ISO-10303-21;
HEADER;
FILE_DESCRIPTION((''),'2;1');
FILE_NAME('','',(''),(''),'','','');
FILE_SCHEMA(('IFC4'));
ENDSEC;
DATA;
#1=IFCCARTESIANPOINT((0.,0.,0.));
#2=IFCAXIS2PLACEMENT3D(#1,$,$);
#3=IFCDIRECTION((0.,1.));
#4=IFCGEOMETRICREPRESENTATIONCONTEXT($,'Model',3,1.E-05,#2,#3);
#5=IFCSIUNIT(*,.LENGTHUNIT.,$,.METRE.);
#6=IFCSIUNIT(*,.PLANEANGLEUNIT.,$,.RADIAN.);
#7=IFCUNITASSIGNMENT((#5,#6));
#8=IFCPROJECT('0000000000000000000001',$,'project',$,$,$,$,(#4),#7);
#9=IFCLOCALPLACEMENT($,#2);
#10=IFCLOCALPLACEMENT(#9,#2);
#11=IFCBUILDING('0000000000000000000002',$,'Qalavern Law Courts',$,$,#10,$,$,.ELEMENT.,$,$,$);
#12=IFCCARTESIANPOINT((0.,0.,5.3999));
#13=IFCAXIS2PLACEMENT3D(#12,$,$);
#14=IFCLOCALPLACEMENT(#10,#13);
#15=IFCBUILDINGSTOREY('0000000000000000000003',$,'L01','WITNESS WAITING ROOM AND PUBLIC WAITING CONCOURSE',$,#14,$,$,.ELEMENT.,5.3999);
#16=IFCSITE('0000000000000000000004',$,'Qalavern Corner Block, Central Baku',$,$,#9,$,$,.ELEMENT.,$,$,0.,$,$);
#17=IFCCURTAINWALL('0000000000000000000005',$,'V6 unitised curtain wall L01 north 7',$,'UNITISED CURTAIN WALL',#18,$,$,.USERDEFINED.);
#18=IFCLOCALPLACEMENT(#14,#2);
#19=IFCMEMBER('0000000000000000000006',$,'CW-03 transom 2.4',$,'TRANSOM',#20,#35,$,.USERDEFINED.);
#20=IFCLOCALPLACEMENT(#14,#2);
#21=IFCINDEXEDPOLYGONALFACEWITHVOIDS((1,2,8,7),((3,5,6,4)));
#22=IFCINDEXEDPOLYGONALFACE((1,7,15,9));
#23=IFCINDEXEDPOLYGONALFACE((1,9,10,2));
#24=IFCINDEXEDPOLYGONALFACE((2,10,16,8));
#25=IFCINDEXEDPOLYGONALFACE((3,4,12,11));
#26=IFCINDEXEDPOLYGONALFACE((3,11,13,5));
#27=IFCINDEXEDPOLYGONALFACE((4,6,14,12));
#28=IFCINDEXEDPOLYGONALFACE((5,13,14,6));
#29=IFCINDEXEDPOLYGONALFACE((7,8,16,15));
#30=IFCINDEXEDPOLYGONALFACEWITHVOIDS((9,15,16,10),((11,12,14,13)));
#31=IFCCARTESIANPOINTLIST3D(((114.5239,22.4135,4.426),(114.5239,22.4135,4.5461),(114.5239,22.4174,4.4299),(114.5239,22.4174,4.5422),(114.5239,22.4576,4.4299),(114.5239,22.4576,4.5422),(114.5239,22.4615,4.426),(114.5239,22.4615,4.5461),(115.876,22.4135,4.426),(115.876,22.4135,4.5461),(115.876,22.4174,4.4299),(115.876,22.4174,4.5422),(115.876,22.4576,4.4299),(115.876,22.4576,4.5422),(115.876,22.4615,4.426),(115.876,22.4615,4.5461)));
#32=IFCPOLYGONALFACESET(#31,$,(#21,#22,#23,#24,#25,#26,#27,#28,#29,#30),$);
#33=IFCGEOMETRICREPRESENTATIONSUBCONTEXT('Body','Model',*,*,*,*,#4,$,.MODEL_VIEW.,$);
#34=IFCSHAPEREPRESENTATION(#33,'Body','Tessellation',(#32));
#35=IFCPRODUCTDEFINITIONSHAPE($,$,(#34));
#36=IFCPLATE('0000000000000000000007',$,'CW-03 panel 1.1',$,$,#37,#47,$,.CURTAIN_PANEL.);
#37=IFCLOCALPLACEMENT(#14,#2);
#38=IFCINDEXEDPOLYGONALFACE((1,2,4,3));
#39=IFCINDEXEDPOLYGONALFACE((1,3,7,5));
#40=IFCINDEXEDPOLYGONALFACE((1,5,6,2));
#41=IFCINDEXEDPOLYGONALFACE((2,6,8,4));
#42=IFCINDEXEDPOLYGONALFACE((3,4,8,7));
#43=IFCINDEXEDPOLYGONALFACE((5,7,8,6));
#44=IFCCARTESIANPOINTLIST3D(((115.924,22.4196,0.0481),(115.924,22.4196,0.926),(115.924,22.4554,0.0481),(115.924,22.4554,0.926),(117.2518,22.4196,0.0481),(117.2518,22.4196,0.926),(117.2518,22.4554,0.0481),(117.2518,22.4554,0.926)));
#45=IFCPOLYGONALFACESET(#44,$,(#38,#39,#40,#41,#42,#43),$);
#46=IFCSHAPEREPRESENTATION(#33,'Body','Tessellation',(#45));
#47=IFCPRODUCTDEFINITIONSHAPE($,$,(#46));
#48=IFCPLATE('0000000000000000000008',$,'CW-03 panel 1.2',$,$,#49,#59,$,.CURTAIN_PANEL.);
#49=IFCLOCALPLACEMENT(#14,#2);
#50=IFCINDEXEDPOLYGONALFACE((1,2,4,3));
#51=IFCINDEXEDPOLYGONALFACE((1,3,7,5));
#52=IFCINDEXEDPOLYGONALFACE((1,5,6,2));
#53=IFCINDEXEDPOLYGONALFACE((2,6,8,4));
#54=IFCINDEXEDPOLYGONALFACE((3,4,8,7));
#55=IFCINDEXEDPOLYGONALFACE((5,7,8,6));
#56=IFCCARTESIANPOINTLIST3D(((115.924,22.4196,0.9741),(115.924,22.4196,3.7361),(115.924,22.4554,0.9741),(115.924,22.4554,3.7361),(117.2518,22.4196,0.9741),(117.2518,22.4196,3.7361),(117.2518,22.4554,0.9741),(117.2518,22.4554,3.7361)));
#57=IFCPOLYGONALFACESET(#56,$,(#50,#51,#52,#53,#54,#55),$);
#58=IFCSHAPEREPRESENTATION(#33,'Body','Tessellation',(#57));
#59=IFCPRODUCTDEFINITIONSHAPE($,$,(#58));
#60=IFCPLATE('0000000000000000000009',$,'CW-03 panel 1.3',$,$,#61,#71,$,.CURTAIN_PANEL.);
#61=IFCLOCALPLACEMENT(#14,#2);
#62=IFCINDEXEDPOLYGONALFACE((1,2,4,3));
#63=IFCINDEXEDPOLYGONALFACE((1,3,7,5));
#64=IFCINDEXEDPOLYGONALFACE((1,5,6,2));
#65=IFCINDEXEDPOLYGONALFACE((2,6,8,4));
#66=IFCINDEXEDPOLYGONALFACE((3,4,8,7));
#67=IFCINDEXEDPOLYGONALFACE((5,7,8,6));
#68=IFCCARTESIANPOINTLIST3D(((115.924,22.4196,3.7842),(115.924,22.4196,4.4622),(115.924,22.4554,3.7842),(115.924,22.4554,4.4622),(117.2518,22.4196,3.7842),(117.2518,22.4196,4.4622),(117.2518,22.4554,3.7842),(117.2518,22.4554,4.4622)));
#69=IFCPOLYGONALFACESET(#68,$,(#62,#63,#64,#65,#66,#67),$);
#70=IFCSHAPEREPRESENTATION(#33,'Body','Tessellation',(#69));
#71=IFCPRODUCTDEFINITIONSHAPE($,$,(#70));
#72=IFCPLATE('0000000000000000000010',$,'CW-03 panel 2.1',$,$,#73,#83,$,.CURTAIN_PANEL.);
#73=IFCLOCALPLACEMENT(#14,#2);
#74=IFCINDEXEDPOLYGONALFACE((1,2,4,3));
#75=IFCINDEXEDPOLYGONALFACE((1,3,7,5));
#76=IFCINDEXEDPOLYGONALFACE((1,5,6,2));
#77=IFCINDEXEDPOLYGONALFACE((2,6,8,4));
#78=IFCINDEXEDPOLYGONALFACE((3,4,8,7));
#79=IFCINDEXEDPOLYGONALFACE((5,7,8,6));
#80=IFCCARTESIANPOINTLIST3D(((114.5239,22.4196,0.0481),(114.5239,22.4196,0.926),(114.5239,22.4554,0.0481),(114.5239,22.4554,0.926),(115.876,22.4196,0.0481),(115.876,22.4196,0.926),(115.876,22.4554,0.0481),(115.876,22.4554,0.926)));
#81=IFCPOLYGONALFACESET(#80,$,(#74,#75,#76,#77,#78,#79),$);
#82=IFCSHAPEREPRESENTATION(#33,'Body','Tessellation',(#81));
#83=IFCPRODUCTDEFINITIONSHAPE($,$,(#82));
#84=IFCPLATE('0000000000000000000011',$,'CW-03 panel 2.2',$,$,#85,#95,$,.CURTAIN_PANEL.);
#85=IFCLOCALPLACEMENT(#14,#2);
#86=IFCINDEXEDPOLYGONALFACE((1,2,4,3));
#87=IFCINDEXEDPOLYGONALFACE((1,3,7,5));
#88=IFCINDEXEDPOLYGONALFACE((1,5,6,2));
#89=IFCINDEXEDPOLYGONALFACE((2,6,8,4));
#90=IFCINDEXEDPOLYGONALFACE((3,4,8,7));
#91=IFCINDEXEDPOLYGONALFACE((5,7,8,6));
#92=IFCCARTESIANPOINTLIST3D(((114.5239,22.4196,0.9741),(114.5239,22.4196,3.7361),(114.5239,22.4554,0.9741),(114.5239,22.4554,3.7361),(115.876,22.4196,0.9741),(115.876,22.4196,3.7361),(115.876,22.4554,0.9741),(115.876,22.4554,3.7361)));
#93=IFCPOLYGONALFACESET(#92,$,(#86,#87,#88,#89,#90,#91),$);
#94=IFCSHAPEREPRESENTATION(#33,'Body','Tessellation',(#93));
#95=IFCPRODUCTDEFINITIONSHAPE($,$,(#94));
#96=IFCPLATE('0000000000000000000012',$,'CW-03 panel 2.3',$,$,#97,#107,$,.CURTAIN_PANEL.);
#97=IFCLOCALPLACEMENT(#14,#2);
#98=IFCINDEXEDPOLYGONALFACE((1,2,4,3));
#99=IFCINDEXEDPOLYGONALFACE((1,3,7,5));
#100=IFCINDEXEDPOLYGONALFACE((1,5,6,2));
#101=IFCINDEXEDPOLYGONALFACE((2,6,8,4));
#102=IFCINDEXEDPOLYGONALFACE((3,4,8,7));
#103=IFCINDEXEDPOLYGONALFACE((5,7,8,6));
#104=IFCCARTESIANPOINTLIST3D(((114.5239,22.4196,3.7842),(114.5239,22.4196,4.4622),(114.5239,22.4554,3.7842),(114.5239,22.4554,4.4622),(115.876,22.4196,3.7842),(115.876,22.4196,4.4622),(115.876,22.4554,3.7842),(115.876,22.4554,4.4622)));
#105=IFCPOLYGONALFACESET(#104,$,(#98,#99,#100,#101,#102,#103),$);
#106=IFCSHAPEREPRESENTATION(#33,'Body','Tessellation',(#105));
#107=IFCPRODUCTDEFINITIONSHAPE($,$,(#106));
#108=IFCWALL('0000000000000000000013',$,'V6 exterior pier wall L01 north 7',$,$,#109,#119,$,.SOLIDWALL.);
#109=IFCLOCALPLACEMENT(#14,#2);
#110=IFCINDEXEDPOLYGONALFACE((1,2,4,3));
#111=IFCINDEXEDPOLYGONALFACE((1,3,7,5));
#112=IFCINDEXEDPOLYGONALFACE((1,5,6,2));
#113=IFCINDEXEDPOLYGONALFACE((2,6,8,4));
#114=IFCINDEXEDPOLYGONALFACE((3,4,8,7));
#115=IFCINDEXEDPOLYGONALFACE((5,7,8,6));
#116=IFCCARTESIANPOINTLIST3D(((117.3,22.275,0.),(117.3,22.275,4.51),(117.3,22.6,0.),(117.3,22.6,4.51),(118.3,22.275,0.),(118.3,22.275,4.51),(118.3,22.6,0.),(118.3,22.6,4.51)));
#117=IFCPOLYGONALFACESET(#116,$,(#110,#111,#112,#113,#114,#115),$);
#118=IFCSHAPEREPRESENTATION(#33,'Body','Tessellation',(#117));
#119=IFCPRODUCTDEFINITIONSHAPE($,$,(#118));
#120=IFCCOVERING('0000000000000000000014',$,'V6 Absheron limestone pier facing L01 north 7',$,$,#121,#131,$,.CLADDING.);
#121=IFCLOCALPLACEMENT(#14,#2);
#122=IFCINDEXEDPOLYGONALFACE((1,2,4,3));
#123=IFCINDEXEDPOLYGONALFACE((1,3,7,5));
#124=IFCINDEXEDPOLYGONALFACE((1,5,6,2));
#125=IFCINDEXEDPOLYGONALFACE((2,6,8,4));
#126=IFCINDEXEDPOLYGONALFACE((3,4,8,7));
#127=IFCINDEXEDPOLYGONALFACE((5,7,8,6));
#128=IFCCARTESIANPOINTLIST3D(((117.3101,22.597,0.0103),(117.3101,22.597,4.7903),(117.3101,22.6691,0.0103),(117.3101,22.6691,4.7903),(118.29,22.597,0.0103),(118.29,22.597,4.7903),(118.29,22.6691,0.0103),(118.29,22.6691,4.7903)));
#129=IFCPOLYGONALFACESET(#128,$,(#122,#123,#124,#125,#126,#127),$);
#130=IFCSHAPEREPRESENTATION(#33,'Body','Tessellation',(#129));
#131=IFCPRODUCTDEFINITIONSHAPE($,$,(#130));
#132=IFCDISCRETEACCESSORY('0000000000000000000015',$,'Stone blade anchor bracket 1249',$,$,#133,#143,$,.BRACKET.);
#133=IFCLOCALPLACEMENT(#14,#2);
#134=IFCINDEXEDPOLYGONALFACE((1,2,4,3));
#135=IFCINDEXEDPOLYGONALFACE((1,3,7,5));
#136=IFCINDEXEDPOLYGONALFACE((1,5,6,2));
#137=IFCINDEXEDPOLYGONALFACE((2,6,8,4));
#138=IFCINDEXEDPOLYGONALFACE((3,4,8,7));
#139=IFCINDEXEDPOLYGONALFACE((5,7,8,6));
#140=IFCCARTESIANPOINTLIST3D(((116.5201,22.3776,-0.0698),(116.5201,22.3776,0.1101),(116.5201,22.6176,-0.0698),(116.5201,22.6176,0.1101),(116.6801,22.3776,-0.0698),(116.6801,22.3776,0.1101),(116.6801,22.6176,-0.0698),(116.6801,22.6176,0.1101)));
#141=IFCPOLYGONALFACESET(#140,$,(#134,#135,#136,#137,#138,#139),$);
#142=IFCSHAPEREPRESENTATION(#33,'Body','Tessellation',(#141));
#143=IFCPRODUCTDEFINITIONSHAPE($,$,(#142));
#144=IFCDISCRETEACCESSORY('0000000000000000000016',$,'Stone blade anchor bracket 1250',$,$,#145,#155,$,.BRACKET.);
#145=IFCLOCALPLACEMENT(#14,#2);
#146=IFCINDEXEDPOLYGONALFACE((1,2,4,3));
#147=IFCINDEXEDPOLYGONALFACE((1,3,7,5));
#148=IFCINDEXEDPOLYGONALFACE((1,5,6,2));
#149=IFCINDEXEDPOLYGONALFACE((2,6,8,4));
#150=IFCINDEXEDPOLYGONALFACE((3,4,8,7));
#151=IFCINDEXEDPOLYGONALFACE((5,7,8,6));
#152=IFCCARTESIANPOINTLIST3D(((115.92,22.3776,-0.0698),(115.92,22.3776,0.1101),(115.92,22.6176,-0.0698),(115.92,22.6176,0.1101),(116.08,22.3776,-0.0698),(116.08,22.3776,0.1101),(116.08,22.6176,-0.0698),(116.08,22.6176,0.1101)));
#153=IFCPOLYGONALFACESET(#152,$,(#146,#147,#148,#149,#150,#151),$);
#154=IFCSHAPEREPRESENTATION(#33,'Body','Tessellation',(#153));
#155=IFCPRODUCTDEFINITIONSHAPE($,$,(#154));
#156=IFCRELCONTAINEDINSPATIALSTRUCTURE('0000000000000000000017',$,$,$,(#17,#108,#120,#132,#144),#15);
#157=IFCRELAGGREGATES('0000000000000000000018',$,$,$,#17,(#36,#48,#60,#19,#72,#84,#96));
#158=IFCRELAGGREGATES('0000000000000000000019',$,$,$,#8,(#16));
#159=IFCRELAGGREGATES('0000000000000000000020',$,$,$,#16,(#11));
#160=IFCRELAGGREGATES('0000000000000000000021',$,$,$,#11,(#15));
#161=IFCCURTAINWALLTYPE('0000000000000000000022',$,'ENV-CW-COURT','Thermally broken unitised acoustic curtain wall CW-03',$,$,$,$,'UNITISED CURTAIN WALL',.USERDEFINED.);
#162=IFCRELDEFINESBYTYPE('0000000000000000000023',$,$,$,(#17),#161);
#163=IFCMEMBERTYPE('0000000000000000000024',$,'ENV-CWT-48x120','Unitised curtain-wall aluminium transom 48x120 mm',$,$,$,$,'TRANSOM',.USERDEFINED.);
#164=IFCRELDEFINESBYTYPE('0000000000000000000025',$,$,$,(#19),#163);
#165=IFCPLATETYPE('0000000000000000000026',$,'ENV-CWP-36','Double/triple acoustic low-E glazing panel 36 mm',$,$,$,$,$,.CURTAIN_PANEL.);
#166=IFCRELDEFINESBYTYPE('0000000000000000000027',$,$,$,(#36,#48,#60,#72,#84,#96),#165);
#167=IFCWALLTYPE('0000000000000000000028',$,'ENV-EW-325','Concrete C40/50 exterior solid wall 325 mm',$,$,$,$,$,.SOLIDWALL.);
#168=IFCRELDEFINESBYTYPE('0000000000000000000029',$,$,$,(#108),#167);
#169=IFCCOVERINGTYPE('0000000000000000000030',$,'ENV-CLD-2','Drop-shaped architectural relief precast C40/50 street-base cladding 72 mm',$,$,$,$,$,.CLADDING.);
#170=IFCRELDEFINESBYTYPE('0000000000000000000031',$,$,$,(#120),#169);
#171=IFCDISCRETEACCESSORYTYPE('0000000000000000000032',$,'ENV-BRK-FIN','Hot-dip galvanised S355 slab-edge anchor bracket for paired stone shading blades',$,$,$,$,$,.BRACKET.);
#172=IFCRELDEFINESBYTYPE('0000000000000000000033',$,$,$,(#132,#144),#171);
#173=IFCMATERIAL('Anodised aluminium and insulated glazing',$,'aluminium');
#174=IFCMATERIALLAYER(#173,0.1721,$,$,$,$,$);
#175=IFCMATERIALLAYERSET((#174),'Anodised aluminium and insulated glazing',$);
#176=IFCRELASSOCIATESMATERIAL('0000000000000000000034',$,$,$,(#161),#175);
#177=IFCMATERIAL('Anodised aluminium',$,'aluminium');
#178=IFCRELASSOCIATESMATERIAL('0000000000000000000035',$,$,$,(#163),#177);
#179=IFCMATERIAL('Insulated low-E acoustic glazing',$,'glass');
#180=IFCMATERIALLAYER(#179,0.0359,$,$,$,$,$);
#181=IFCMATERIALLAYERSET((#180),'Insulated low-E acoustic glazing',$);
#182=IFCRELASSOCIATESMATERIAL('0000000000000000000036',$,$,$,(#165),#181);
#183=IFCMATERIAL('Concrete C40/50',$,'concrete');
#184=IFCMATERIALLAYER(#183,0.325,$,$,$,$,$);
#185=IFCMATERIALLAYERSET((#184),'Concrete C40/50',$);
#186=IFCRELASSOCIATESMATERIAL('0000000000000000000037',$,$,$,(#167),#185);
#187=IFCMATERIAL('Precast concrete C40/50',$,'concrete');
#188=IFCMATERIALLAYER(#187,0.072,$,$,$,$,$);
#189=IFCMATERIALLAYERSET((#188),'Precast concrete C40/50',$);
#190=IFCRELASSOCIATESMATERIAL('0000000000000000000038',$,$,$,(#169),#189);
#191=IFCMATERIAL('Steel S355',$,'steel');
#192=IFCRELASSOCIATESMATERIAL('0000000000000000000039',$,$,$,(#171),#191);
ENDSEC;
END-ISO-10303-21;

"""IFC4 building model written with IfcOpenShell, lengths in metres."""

from ifc_helpers import new_model, si_unit, direction, frame, frame_2d, origin, origin_2d, place, context, subcontext, project, spatial, rectangle, hollow_rectangle, extrude, material, layer, layer_set, material_profile, profile_set, type_object, element, aggregate, save


model = new_model("IFC4")

# Units and contexts
model_context = context("Model", 3, precision=1e-05, world=origin(), true_north=direction((0.0, 1.0)))
body_context = subcontext(model_context, "Body", "Model", "MODEL_VIEW")
ifc_project = project(units=[si_unit("LENGTHUNIT", "METRE"), si_unit("PLANEANGLEUNIT", "RADIAN")], contexts=[model_context])

# Site, building, storey
site_placement = place(None, origin())
site = spatial("IfcSite", under=ifc_project, at=site_placement, Name="Qalavern Corner Block, Central Baku", CompositionType="ELEMENT", RefElevation=0.0)
building_placement = place(site_placement, origin())
building = spatial("IfcBuilding", under=site, at=building_placement, Name="Qalavern Law Courts", CompositionType="ELEMENT")
storey_placement = place(building_placement, frame((0.0, 0.0, 5.3999)))
storey = spatial("IfcBuildingStorey", under=building, at=storey_placement, Name="L01", Description="WITNESS WAITING ROOM AND PUBLIC WAITING CONCOURSE", CompositionType="ELEMENT", Elevation=5.3999)

# Shared definitions
ifc_material_1 = material(Name="Anodised aluminium and insulated glazing", Category="aluminium")
ifc_layer_1 = layer(ifc_material_1, 0.1721)
ifc_layer_set_1 = layer_set([ifc_layer_1], Name="Anodised aluminium and insulated glazing")
curtain_wall_type = type_object("IfcCurtainWallType", Name="ENV-CW-COURT", Description="Thermally broken unitised acoustic curtain wall CW-03", ElementType="UNITISED CURTAIN WALL", PredefinedType="USERDEFINED", material=ifc_layer_set_1)
ifc_material_2 = material(Name="Anodised aluminium", Category="aluminium")

# Curtain wall, member, plates
curtain_wall_1_placement = place(storey_placement, origin())
curtain_wall_1 = element("IfcCurtainWall", 1, at=curtain_wall_1_placement, inside=storey, type_object=curtain_wall_type, Name="V6 unitised curtain wall L01 north 7", ObjectType="UNITISED CURTAIN WALL", PredefinedType="USERDEFINED")
ifc_material_profile_1 = material_profile(ifc_material_2, hollow_rectangle(XDim=0.0481, YDim=0.1201, WallThickness=0.0039, at=origin_2d()), Name="ALU TRANSOM 48x120")
ifc_profile_set_1 = profile_set([ifc_material_profile_1], Name="Anodised aluminium")
member_type_1 = type_object("IfcMemberType", Name="ENV-CWT-48x120", Description="Unitised curtain-wall aluminium transom 48x120 mm", ElementType="TRANSOM", PredefinedType="USERDEFINED", material=ifc_profile_set_1)
member_1_placement = place(storey_placement, frame((115.876, 22.4375, 4.4861), z_axis=(-1.0, 0.0, 0.0), x_axis=(0.0, -1.0, 0.0)))
member_1 = element("IfcMember", 2, at=member_1_placement, type_object=member_type_1, Name="CW-03 transom 2.4", ObjectType="TRANSOM", PredefinedType="USERDEFINED", context=body_context, shape_type="SweptSolid", body=[
    extrude(hollow_rectangle(XDim=0.0481, YDim=0.1201, WallThickness=0.0039, at=origin_2d()), origin(), (0.0, 0.0, 1.0), 1.3521),
])
ifc_material_3 = material(Name="Insulated low-E acoustic glazing", Category="glass")
ifc_layer_2 = layer(ifc_material_3, 0.0359)
ifc_layer_set_2 = layer_set([ifc_layer_2], Name="Insulated low-E acoustic glazing")
plate_type = type_object("IfcPlateType", Name="ENV-CWP-36", Description="Double/triple acoustic low-E glazing panel 36 mm", PredefinedType="CURTAIN_PANEL", material=ifc_layer_set_2)
plate_1_placement = place(storey_placement, frame((116.5879, 22.4375, 0.0481), z_axis=(0.0, 0.0, 1.0), x_axis=(-1.0, 0.0, 0.0)))
plate_1 = element("IfcPlate", 3, at=plate_1_placement, type_object=plate_type, Name="CW-03 panel 1.1", PredefinedType="CURTAIN_PANEL", context=body_context, shape_type="SweptSolid", body=[
    extrude(rectangle(XDim=1.3279, YDim=0.0359, at=origin_2d()), origin(), (0.0, 0.0, 1.0), 0.8779),
])
plate_2_placement = place(storey_placement, frame((116.5879, 22.4375, 0.9741), z_axis=(0.0, 0.0, 1.0), x_axis=(-1.0, 0.0, 0.0)))
plate_2 = element("IfcPlate", 4, at=plate_2_placement, type_object=plate_type, Name="CW-03 panel 1.2", PredefinedType="CURTAIN_PANEL", context=body_context, shape_type="SweptSolid", body=[
    extrude(rectangle(XDim=1.3279, YDim=0.0359, at=origin_2d()), origin(), (0.0, 0.0, 1.0), 2.762),
])
plate_3_placement = place(storey_placement, frame((116.5879, 22.4375, 3.7842), z_axis=(0.0, 0.0, 1.0), x_axis=(-1.0, 0.0, 0.0)))
plate_3 = element("IfcPlate", 5, at=plate_3_placement, type_object=plate_type, Name="CW-03 panel 1.3", PredefinedType="CURTAIN_PANEL", context=body_context, shape_type="SweptSolid", body=[
    extrude(rectangle(XDim=1.3279, YDim=0.0359, at=origin_2d()), origin(), (0.0, 0.0, 1.0), 0.678),
])
plate_4_placement = place(storey_placement, frame((115.2, 22.4375, 0.0481), z_axis=(0.0, 0.0, 1.0), x_axis=(-1.0, 0.0, 0.0)))
plate_4 = element("IfcPlate", 6, at=plate_4_placement, type_object=plate_type, Name="CW-03 panel 2.1", PredefinedType="CURTAIN_PANEL", context=body_context, shape_type="SweptSolid", body=[
    extrude(rectangle(XDim=1.3521, YDim=0.0359, at=origin_2d()), origin(), (0.0, 0.0, 1.0), 0.8779),
])
plate_5_placement = place(storey_placement, frame((115.2, 22.4375, 0.9741), z_axis=(0.0, 0.0, 1.0), x_axis=(-1.0, 0.0, 0.0)))
plate_5 = element("IfcPlate", 7, at=plate_5_placement, type_object=plate_type, Name="CW-03 panel 2.2", PredefinedType="CURTAIN_PANEL", context=body_context, shape_type="SweptSolid", body=[
    extrude(rectangle(XDim=1.3521, YDim=0.0359, at=origin_2d()), origin(), (0.0, 0.0, 1.0), 2.762),
])
plate_6_placement = place(storey_placement, frame((115.2, 22.4375, 3.7842), z_axis=(0.0, 0.0, 1.0), x_axis=(-1.0, 0.0, 0.0)))
plate_6 = element("IfcPlate", 8, at=plate_6_placement, type_object=plate_type, Name="CW-03 panel 2.3", PredefinedType="CURTAIN_PANEL", context=body_context, shape_type="SweptSolid", body=[
    extrude(rectangle(XDim=1.3521, YDim=0.0359, at=origin_2d()), origin(), (0.0, 0.0, 1.0), 0.678),
])
aggregate(curtain_wall_1, [plate_1, plate_2, plate_3, member_1, plate_4, plate_5, plate_6])

# Wall
ifc_material_4 = material(Name="Concrete C40/50", Category="concrete")
ifc_layer_3 = layer(ifc_material_4, 0.325)
ifc_layer_set_3 = layer_set([ifc_layer_3], Name="Concrete C40/50")
wall_type = type_object("IfcWallType", Name="ENV-EW-325", Description="Concrete C40/50 exterior solid wall 325 mm", PredefinedType="SOLIDWALL", material=ifc_layer_set_3)
wall_placement = place(storey_placement, frame((118.3, 22.4375, 0.0), z_axis=(0.0, 0.0, 1.0), x_axis=(-1.0, 0.0, 0.0)))
element("IfcWall", 9, at=wall_placement, inside=storey, type_object=wall_type, Name="V6 exterior pier wall L01 north 7", PredefinedType="SOLIDWALL", context=body_context, shape_type="SweptSolid", body=[
    extrude(rectangle(XDim=1.0, YDim=0.325, at=frame_2d((0.5, 0.0))), origin(), (0.0, 0.0, 1.0), 4.51),
])

# Covering
ifc_material_5 = material(Name="Precast concrete C40/50", Category="concrete")
ifc_layer_4 = layer(ifc_material_5, 0.072)
ifc_layer_set_4 = layer_set([ifc_layer_4], Name="Precast concrete C40/50")
covering_type = type_object("IfcCoveringType", Name="ENV-CLD-2", Description="Drop-shaped architectural relief precast C40/50 street-base cladding 72 mm", PredefinedType="CLADDING", material=ifc_layer_set_4)
covering_placement = place(storey_placement, frame((117.8, 22.6331, 0.0103), z_axis=(0.0, 0.0, 1.0), x_axis=(-1.0, 0.0, 0.0)))
element("IfcCovering", 10, at=covering_placement, inside=storey, type_object=covering_type, Name="V6 Absheron limestone pier facing L01 north 7", PredefinedType="CLADDING", context=body_context, shape_type="SweptSolid", body=[
    extrude(rectangle(XDim=0.98, YDim=0.072, at=origin_2d()), origin(), (0.0, 0.0, 1.0), 4.78),
])

# Discrete accessories
ifc_material_6 = material(Name="Steel S355", Category="steel")
discrete_accessory_type = type_object("IfcDiscreteAccessoryType", Name="ENV-BRK-FIN", Description="Hot-dip galvanised S355 slab-edge anchor bracket for paired stone shading blades", PredefinedType="BRACKET", material=ifc_material_6)
for number, where, z_axis, x_axis, name in (
    (11, (116.6001, 22.4976, -0.0698), (0.0, 0.0, 1.0), (0.0, 1.0, 0.0), "Stone blade anchor bracket 1249"),
    (12, (116.0, 22.4976, -0.0698), (0.0, 0.0, 1.0), (0.0, 1.0, 0.0), "Stone blade anchor bracket 1250"),
):
    element("IfcDiscreteAccessory", number, at=place(storey_placement, frame(where, z_axis=z_axis, x_axis=x_axis)), inside=storey, type_object=discrete_accessory_type, Name=name, PredefinedType="BRACKET", context=body_context, shape_type="SweptSolid", body=[
        extrude(rectangle(XDim=0.24, YDim=0.1599, at=origin_2d()), origin(), (0.0, 0.0, 1.0), 0.1799),
    ])

save(model, "model.ifc")
